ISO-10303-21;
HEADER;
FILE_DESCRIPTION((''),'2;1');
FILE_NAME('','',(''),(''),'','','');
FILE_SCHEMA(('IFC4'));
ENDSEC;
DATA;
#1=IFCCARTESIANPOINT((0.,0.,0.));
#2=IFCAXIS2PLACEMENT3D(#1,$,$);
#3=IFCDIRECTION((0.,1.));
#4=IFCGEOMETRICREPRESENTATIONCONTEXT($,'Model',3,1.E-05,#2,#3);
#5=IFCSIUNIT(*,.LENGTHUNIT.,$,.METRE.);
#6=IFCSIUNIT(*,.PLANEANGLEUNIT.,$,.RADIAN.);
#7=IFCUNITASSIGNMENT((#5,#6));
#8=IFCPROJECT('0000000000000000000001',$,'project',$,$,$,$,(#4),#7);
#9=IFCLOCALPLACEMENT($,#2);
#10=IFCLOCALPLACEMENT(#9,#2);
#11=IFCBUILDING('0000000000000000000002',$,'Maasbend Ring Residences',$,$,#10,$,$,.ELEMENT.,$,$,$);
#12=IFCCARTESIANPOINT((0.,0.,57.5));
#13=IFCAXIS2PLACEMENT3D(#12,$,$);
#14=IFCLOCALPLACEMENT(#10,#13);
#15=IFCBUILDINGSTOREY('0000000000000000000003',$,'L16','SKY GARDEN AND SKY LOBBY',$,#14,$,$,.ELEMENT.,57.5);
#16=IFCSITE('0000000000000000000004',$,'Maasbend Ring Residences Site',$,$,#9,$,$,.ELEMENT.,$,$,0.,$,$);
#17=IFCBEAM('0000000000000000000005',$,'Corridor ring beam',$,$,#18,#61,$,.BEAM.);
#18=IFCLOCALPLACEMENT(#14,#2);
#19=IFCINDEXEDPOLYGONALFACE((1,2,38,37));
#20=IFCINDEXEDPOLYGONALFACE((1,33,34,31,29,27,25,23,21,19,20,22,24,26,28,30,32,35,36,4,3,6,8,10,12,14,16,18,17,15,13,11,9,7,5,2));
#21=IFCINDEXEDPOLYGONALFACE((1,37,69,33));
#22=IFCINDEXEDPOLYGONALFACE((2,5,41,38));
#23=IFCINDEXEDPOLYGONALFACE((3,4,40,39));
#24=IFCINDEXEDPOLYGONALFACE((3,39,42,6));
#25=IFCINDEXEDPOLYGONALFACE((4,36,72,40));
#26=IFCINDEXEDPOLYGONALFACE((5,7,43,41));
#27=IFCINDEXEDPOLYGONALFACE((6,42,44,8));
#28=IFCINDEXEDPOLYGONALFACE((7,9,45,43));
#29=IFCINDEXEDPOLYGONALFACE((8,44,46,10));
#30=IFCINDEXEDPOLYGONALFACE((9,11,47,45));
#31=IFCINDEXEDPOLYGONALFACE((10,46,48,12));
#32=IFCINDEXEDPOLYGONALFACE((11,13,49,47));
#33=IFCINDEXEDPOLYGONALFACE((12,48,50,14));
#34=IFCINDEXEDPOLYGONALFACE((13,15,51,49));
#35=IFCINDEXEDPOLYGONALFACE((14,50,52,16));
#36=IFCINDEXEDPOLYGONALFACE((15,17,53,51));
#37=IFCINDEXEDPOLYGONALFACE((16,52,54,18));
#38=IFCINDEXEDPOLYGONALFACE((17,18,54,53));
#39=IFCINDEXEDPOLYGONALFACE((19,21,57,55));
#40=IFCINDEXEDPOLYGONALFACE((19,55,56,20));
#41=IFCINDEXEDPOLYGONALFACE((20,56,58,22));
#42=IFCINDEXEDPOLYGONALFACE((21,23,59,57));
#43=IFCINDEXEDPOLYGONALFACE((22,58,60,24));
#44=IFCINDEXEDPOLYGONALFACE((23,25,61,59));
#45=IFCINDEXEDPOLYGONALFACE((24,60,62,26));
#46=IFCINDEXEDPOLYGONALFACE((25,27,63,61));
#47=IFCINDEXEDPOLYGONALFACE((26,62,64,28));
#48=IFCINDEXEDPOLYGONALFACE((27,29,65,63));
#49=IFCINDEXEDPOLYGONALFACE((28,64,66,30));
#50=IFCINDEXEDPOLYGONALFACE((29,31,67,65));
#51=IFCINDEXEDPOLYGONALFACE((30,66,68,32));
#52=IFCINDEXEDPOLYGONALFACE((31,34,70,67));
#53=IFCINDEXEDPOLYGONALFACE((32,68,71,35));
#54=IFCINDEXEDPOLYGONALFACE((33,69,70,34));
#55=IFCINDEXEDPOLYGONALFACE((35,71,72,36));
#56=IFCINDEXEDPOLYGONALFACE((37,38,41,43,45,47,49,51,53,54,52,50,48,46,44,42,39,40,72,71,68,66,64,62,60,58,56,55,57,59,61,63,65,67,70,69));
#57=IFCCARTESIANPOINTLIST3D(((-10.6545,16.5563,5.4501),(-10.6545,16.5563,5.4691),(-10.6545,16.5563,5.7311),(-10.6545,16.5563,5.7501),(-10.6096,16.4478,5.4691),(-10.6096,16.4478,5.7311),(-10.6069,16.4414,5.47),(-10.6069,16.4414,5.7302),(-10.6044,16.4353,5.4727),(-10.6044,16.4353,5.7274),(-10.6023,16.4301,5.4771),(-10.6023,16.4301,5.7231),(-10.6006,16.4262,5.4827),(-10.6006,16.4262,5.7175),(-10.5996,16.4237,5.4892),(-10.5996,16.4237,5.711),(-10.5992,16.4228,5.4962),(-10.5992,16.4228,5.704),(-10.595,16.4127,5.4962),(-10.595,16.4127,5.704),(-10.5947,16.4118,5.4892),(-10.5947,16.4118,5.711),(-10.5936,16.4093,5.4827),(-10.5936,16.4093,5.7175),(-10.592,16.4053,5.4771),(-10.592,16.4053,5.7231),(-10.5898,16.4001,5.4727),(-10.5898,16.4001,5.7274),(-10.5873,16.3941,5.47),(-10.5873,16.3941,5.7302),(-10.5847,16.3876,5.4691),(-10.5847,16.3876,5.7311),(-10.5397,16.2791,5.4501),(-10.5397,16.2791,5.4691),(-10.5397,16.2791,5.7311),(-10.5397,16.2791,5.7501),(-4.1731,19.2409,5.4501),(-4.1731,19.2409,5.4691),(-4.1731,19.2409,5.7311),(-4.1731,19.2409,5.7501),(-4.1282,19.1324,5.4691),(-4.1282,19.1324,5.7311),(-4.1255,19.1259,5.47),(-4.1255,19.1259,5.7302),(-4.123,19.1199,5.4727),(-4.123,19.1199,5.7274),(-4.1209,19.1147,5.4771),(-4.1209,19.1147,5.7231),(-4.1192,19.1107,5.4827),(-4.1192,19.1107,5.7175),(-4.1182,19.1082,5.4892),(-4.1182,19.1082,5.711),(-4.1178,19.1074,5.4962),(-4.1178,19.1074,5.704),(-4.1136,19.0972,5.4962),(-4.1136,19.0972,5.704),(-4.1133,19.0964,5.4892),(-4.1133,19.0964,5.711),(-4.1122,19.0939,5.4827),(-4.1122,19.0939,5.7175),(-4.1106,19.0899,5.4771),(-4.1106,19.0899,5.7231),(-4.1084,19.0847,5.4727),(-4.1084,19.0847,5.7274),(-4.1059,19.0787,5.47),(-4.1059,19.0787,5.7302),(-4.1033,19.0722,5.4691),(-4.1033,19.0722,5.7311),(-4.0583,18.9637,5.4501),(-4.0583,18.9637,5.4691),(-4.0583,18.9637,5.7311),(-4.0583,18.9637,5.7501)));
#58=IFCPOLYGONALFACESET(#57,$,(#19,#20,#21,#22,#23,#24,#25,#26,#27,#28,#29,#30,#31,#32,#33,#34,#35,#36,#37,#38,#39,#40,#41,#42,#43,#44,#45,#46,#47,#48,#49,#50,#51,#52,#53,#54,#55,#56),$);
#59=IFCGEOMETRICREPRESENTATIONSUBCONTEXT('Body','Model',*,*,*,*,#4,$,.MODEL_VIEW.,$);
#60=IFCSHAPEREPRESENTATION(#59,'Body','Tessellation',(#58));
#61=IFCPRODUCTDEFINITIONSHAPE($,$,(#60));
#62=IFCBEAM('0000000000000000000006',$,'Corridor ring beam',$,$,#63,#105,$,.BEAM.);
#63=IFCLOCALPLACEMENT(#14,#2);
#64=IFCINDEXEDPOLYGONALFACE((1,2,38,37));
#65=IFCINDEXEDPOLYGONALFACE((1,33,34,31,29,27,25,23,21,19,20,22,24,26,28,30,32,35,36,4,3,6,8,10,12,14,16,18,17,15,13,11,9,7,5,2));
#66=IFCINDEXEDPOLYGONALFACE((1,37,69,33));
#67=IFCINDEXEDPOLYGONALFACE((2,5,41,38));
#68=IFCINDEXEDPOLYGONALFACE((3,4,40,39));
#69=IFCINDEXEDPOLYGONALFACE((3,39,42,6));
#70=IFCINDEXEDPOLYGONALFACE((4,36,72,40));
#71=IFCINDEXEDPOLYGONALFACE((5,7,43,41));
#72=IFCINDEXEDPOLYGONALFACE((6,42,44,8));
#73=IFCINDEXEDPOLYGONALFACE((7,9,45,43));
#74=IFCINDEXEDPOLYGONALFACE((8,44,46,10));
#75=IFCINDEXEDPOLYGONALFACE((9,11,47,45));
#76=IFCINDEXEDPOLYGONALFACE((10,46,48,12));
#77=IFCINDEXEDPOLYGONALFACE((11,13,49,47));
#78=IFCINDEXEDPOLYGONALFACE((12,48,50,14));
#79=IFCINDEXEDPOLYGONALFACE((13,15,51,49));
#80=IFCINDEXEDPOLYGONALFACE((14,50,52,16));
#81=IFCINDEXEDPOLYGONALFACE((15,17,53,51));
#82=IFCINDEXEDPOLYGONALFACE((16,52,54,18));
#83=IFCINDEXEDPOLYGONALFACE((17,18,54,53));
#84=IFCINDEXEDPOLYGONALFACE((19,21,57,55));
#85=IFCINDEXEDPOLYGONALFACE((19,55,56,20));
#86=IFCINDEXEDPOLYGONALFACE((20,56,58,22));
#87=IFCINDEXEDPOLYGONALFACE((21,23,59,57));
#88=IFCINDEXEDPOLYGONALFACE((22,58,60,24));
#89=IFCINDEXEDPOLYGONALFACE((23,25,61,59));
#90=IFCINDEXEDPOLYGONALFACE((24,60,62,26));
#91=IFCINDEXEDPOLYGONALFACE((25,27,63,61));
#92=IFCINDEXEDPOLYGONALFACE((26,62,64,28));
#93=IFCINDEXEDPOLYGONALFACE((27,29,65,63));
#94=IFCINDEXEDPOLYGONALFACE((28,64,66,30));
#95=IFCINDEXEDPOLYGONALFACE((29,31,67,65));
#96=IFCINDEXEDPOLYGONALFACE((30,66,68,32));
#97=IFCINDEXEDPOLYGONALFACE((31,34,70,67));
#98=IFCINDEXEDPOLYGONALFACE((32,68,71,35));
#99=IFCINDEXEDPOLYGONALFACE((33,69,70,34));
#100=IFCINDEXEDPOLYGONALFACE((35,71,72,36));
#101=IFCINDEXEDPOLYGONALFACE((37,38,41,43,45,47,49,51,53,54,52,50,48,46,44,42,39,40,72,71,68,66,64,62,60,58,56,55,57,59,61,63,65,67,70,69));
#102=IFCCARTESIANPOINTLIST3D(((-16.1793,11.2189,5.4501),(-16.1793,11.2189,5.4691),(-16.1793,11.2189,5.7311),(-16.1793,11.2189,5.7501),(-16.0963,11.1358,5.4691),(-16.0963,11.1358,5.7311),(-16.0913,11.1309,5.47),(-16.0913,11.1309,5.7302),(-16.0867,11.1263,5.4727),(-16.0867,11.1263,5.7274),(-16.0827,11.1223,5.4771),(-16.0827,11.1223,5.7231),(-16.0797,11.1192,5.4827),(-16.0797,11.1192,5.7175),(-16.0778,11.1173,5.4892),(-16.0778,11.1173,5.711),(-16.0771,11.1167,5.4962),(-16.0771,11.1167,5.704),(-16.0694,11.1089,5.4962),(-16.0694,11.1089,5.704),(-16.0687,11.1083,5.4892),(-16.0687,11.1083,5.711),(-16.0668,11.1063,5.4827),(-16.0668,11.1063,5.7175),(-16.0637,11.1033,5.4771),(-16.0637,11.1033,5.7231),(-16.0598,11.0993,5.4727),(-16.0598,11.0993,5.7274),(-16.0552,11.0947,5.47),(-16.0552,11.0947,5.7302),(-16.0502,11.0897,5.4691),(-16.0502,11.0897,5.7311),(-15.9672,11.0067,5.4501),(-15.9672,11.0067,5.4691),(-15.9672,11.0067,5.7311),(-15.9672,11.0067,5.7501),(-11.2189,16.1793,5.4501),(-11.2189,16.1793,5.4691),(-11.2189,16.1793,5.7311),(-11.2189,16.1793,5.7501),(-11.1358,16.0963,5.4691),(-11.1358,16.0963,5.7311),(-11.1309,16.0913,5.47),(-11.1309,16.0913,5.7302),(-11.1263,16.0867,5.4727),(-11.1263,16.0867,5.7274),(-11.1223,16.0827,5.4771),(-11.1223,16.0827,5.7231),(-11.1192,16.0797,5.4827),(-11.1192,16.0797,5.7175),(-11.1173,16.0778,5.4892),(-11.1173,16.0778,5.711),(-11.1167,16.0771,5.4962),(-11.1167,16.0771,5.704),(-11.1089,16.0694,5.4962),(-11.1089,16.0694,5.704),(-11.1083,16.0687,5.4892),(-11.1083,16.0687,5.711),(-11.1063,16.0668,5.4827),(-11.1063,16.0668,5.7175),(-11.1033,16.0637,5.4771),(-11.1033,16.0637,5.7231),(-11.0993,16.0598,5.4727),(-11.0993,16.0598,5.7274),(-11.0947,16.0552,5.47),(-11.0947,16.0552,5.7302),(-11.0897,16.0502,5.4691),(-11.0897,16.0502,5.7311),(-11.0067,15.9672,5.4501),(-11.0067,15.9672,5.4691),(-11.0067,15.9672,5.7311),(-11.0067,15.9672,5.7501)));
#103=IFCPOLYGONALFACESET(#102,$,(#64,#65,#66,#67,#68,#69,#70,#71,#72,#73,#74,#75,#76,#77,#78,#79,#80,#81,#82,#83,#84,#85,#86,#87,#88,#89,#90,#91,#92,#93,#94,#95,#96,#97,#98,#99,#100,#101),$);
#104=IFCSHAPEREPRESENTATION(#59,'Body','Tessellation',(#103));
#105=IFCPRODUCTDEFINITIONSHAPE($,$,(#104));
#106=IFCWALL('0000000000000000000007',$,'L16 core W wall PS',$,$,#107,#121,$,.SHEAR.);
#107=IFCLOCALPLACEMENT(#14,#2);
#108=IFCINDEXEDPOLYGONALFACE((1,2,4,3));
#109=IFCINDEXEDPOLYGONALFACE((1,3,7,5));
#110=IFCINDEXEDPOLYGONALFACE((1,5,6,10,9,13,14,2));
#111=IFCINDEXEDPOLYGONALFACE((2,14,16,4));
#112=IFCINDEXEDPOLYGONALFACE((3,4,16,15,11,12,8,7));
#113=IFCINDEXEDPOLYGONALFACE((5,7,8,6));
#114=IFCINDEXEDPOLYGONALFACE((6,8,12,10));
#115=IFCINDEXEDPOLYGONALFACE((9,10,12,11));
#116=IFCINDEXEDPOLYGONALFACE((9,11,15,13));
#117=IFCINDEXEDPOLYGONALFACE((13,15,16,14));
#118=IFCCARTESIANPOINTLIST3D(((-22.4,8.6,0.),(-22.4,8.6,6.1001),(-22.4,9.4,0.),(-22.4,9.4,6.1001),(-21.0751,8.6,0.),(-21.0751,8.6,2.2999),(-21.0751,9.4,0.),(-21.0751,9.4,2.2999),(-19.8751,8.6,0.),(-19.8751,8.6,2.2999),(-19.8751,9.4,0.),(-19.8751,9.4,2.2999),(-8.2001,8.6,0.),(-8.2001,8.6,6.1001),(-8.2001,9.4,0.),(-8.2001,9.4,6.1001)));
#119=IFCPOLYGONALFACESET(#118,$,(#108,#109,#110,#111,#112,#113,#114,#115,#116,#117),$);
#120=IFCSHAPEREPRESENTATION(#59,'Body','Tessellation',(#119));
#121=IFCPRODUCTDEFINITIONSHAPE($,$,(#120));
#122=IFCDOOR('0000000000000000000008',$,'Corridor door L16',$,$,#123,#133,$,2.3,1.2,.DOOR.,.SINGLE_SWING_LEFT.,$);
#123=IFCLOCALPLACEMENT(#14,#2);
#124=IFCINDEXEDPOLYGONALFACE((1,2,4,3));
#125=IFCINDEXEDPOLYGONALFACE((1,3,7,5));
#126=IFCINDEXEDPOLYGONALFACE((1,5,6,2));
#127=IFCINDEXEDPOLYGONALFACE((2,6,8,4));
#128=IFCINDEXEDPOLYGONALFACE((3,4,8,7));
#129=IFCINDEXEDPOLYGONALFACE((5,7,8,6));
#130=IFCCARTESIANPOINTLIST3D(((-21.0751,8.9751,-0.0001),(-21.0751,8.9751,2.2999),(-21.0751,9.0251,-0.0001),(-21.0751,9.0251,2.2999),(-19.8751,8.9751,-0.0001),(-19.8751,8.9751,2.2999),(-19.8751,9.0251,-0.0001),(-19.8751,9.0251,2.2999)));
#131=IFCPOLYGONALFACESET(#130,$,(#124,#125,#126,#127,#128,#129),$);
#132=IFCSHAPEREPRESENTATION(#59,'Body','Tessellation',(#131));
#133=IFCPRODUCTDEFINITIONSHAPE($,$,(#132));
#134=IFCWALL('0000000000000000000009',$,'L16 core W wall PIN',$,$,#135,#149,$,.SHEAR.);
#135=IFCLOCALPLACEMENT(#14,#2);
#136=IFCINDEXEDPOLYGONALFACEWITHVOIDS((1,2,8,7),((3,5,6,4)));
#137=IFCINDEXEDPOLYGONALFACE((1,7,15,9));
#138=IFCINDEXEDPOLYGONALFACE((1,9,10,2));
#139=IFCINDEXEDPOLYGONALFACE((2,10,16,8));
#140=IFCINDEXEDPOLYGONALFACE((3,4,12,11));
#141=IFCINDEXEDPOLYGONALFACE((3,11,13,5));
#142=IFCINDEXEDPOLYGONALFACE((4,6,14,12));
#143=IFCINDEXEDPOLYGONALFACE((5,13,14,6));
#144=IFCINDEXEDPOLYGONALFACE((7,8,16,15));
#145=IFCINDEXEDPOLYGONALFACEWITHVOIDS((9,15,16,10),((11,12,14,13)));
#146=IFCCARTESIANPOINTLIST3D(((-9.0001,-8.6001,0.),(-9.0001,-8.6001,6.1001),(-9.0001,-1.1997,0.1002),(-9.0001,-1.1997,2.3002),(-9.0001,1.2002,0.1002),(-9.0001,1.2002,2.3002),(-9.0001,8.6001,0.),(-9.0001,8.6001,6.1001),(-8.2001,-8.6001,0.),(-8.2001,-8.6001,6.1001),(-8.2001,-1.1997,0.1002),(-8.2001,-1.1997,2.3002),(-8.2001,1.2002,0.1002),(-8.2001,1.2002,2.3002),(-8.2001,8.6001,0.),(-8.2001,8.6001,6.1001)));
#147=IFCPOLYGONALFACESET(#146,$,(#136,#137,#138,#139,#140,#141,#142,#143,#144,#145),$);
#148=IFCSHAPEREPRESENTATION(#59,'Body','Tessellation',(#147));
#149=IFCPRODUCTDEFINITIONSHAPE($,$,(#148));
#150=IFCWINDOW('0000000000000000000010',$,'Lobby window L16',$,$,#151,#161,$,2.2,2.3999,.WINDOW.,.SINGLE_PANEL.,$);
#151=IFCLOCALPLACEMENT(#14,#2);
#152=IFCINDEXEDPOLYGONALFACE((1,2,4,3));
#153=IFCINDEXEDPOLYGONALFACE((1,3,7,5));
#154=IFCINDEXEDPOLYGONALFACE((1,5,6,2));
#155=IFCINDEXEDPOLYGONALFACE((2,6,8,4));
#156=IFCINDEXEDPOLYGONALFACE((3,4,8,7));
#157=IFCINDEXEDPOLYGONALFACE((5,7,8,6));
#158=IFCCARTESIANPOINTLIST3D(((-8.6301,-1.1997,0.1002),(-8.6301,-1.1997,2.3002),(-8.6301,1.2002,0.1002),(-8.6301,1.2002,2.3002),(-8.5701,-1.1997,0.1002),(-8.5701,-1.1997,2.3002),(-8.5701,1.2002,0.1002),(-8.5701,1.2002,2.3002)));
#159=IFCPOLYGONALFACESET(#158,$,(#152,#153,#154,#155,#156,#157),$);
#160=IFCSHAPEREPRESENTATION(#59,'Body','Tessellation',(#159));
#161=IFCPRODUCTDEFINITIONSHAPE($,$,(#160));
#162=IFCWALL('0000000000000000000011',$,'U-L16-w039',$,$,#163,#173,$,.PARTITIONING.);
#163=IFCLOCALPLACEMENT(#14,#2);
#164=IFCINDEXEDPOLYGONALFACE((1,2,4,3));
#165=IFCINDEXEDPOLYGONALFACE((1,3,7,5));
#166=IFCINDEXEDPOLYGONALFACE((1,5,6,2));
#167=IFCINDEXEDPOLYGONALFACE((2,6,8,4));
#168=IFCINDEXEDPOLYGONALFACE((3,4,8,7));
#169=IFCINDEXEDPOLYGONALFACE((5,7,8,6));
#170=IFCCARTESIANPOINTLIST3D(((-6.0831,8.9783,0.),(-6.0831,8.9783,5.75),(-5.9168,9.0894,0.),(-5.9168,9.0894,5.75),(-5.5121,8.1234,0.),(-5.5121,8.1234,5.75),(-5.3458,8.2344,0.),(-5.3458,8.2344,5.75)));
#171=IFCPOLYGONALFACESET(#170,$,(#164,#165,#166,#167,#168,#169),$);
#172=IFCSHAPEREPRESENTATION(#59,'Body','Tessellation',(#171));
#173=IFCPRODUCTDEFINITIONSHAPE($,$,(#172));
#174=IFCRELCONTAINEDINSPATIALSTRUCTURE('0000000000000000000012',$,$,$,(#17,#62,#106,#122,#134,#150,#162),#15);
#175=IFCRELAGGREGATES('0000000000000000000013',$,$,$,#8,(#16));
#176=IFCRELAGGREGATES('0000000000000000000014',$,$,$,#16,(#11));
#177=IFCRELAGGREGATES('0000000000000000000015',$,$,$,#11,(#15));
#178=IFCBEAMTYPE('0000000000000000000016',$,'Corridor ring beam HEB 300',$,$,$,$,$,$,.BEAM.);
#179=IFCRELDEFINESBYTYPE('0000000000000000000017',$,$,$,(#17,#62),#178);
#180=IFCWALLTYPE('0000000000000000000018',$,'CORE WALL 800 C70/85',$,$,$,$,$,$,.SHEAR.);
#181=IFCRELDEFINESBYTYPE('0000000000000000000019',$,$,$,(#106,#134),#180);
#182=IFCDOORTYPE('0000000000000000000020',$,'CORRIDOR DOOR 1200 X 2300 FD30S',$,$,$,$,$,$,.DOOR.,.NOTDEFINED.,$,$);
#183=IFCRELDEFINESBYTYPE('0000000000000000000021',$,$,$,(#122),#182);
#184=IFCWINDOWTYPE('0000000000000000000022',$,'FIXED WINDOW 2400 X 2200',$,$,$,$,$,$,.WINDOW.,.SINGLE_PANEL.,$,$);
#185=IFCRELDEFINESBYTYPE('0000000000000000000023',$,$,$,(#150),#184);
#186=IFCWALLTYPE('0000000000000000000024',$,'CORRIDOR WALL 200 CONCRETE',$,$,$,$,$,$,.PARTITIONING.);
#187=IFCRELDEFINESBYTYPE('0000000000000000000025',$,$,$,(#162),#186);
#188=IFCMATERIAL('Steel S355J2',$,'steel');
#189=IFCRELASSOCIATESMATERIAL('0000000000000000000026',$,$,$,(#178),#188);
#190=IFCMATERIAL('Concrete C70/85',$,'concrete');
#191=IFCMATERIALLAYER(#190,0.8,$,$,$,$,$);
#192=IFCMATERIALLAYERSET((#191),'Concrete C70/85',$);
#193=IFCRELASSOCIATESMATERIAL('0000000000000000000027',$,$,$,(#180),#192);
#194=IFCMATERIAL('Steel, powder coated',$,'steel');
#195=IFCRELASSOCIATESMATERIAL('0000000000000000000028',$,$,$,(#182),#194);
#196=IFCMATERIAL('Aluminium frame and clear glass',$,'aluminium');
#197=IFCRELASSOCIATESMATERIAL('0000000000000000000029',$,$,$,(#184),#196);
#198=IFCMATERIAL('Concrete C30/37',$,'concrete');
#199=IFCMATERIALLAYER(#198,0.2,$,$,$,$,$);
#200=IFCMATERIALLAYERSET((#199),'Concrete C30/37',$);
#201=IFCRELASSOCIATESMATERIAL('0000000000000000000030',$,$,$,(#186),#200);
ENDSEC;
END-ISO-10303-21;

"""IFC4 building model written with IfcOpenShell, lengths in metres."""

from ifc_helpers import new_model, si_unit, direction, frame, frame_2d, origin, origin_2d, place, context, subcontext, project, spatial, rectangle, i_section, extrude, material, layer, layer_set, material_profile, profile_set, type_object, element, fill, save


model = new_model("IFC4")

# Units and contexts
model_context = context("Model", 3, precision=1e-05, world=origin(), true_north=direction((0.0, 1.0)))
body_context = subcontext(model_context, "Body", "Model", "MODEL_VIEW")
ifc_project = project(units=[si_unit("LENGTHUNIT", "METRE"), si_unit("PLANEANGLEUNIT", "RADIAN")], contexts=[model_context])

# Site, building, storey
site_placement = place(None, origin())
site = spatial("IfcSite", under=ifc_project, at=site_placement, Name="Maasbend Ring Residences Site", CompositionType="ELEMENT", RefElevation=0.0)
building_placement = place(site_placement, origin())
building = spatial("IfcBuilding", under=site, at=building_placement, Name="Maasbend Ring Residences", CompositionType="ELEMENT")
storey_placement = place(building_placement, frame((0.0, 0.0, 57.5)))
storey = spatial("IfcBuildingStorey", under=building, at=storey_placement, Name="L16", Description="SKY GARDEN AND SKY LOBBY", CompositionType="ELEMENT", Elevation=57.5)

# Beams
ifc_material_1 = material(Name="Steel S355J2", Category="steel")
ifc_material_profile_1 = material_profile(ifc_material_1, i_section(OverallWidth=0.3, OverallDepth=0.3, WebThickness=0.011, FlangeThickness=0.019, FilletRadius=0.0271, at=origin_2d()), Name="HEB 300")
ifc_profile_set_1 = profile_set([ifc_material_profile_1], Name="Steel S355J2")
beam_type_1 = type_object("IfcBeamType", Name="Corridor ring beam HEB 300", PredefinedType="BEAM", material=ifc_profile_set_1)
beam_1_placement = place(storey_placement, frame((-4.1157, 19.1023, 5.6001), z_axis=(-0.923886, -0.382667, 0.0), x_axis=(0.382667, -0.923886, 0.0)))
element("IfcBeam", 1, at=beam_1_placement, inside=storey, type_object=beam_type_1, Name="Corridor ring beam", PredefinedType="BEAM", context=body_context, shape_type="SweptSolid", body=[
    extrude(i_section(OverallWidth=0.3, OverallDepth=0.3, WebThickness=0.011, FlangeThickness=0.019, FilletRadius=0.0271, at=origin_2d()), origin(), (0.0, 0.0, 1.0), 7.0154),
])
beam_2_placement = place(storey_placement, frame((-11.1128, 16.0732, 5.6001), z_axis=(-0.707107, -0.707107, 0.0), x_axis=(0.707107, -0.707107, 0.0)))
element("IfcBeam", 2, at=beam_2_placement, inside=storey, type_object=beam_type_1, Name="Corridor ring beam", PredefinedType="BEAM", context=body_context, shape_type="SweptSolid", body=[
    extrude(i_section(OverallWidth=0.3, OverallDepth=0.3, WebThickness=0.011, FlangeThickness=0.019, FilletRadius=0.0271, at=origin_2d()), origin(), (0.0, 0.0, 1.0), 7.0151),
])

# Wall, opening, door
ifc_material_2 = material(Name="Concrete C70/85", Category="concrete")
ifc_layer_1 = layer(ifc_material_2, 0.8)
ifc_layer_set_1 = layer_set([ifc_layer_1], Name="Concrete C70/85")
wall_type_1 = type_object("IfcWallType", Name="CORE WALL 800 C70/85", PredefinedType="SHEAR", material=ifc_layer_set_1)
wall_1_placement = place(storey_placement, frame((-8.2, 9.0, 0.0), z_axis=(0.0, 0.0, 1.0), x_axis=(-1.0, 0.0, 0.0)))
wall_1 = element("IfcWall", 3, at=wall_1_placement, inside=storey, type_object=wall_type_1, Name="L16 core W wall PS", PredefinedType="SHEAR", context=body_context, shape_type="SweptSolid", body=[
    extrude(rectangle(XDim=14.2, YDim=0.8, at=frame_2d((7.1001, 0.0))), origin(), (0.0, 0.0, 1.0), 6.1001),
])
opening_1_placement = place(wall_1_placement, frame((11.675, 0.0, 0.0)))
opening_1 = element("IfcOpeningElement", 4, at=opening_1_placement, cuts=wall_1, PredefinedType="OPENING", context=body_context, shape_type="SweptSolid", body=[
    extrude(rectangle(XDim=1.2, YDim=2.3, at=frame_2d((0.6001, 1.1499))), frame((0.0, 0.4102, 0.0), z_axis=(0.0, -1.0, 0.0), x_axis=(1.0, 0.0, 0.0)), (0.0, 0.0, 1.0), 0.8201),
])
ifc_material_3 = material(Name="Steel, powder coated", Category="steel")
door_type_1 = type_object("IfcDoorType", Name="CORRIDOR DOOR 1200 X 2300 FD30S", OperationType="NOTDEFINED", PredefinedType="DOOR", material=ifc_material_3)
door_1_placement = place(opening_1_placement, origin())
door_1 = element("IfcDoor", 5, at=door_1_placement, inside=storey, type_object=door_type_1, Name="Corridor door L16", OperationType="SINGLE_SWING_LEFT", OverallHeight=2.3, OverallWidth=1.2, PredefinedType="DOOR", context=body_context, shape_type="SweptSolid", body=[
    extrude(rectangle(XDim=1.2, YDim=2.3, at=frame_2d((0.6001, 1.1499))), frame((0.0, 0.0249, 0.0), z_axis=(0.0, -1.0, 0.0), x_axis=(1.0, 0.0, 0.0)), (0.0, 0.0, 1.0), 0.05),
])
fill(opening_1, door_1)

# Wall, opening, window
wall_2_placement = place(storey_placement, frame((-8.6001, 8.6001, 0.0), z_axis=(0.0, 0.0, 1.0), x_axis=(0.0, -1.0, 0.0)))
wall_2 = element("IfcWall", 6, at=wall_2_placement, inside=storey, type_object=wall_type_1, Name="L16 core W wall PIN", PredefinedType="SHEAR", context=body_context, shape_type="SweptSolid", body=[
    extrude(rectangle(XDim=17.2002, YDim=0.8, at=frame_2d((8.6001, 0.0))), origin(), (0.0, 0.0, 1.0), 6.1001),
])
opening_2_placement = place(wall_2_placement, frame((7.3999, 0.0, 0.1001)))
opening_2 = element("IfcOpeningElement", 7, at=opening_2_placement, cuts=wall_2, PredefinedType="OPENING", context=body_context, shape_type="SweptSolid", body=[
    extrude(rectangle(XDim=2.3999, YDim=2.2, at=frame_2d((1.2, 1.1001))), frame((0.0, 0.4102, 0.0), z_axis=(0.0, -1.0, 0.0), x_axis=(1.0, 0.0, 0.0)), (0.0, 0.0, 1.0), 0.8201),
])
ifc_material_4 = material(Name="Aluminium frame and clear glass", Category="aluminium")
window_type = type_object("IfcWindowType", Name="FIXED WINDOW 2400 X 2200", PartitioningType="SINGLE_PANEL", PredefinedType="WINDOW", material=ifc_material_4)
window_placement = place(opening_2_placement, origin())
window = element("IfcWindow", 8, at=window_placement, inside=storey, type_object=window_type, Name="Lobby window L16", OverallHeight=2.2, OverallWidth=2.3999, PartitioningType="SINGLE_PANEL", PredefinedType="WINDOW", context=body_context, shape_type="SweptSolid", body=[
    extrude(rectangle(XDim=2.3999, YDim=2.2, at=frame_2d((1.2, 1.1001))), frame((0.0, 0.03, 0.0), z_axis=(0.0, -1.0, 0.0), x_axis=(1.0, 0.0, 0.0)), (0.0, 0.0, 1.0), 0.0601),
])
fill(opening_2, window)

# Wall
ifc_material_5 = material(Name="Concrete C30/37", Category="concrete")
ifc_layer_2 = layer(ifc_material_5, 0.2)
ifc_layer_set_2 = layer_set([ifc_layer_2], Name="Concrete C30/37")
wall_type_2 = type_object("IfcWallType", Name="CORRIDOR WALL 200 CONCRETE", PredefinedType="PARTITIONING", material=ifc_layer_set_2)
wall_3_placement = place(storey_placement, frame((-6.0, 9.0339, 0.0), z_axis=(0.0, 0.0, 1.0), x_axis=(0.555412, -0.831575, 0.0)))
element("IfcWall", 9, at=wall_3_placement, inside=storey, type_object=wall_type_2, Name="U-L16-w039", PredefinedType="PARTITIONING", context=body_context, shape_type="SweptSolid", body=[
    extrude(rectangle(XDim=1.0281, YDim=0.2, at=frame_2d((0.5142, 0.0))), origin(), (0.0, 0.0, 1.0), 5.75),
])

save(model, "model.ifc")
